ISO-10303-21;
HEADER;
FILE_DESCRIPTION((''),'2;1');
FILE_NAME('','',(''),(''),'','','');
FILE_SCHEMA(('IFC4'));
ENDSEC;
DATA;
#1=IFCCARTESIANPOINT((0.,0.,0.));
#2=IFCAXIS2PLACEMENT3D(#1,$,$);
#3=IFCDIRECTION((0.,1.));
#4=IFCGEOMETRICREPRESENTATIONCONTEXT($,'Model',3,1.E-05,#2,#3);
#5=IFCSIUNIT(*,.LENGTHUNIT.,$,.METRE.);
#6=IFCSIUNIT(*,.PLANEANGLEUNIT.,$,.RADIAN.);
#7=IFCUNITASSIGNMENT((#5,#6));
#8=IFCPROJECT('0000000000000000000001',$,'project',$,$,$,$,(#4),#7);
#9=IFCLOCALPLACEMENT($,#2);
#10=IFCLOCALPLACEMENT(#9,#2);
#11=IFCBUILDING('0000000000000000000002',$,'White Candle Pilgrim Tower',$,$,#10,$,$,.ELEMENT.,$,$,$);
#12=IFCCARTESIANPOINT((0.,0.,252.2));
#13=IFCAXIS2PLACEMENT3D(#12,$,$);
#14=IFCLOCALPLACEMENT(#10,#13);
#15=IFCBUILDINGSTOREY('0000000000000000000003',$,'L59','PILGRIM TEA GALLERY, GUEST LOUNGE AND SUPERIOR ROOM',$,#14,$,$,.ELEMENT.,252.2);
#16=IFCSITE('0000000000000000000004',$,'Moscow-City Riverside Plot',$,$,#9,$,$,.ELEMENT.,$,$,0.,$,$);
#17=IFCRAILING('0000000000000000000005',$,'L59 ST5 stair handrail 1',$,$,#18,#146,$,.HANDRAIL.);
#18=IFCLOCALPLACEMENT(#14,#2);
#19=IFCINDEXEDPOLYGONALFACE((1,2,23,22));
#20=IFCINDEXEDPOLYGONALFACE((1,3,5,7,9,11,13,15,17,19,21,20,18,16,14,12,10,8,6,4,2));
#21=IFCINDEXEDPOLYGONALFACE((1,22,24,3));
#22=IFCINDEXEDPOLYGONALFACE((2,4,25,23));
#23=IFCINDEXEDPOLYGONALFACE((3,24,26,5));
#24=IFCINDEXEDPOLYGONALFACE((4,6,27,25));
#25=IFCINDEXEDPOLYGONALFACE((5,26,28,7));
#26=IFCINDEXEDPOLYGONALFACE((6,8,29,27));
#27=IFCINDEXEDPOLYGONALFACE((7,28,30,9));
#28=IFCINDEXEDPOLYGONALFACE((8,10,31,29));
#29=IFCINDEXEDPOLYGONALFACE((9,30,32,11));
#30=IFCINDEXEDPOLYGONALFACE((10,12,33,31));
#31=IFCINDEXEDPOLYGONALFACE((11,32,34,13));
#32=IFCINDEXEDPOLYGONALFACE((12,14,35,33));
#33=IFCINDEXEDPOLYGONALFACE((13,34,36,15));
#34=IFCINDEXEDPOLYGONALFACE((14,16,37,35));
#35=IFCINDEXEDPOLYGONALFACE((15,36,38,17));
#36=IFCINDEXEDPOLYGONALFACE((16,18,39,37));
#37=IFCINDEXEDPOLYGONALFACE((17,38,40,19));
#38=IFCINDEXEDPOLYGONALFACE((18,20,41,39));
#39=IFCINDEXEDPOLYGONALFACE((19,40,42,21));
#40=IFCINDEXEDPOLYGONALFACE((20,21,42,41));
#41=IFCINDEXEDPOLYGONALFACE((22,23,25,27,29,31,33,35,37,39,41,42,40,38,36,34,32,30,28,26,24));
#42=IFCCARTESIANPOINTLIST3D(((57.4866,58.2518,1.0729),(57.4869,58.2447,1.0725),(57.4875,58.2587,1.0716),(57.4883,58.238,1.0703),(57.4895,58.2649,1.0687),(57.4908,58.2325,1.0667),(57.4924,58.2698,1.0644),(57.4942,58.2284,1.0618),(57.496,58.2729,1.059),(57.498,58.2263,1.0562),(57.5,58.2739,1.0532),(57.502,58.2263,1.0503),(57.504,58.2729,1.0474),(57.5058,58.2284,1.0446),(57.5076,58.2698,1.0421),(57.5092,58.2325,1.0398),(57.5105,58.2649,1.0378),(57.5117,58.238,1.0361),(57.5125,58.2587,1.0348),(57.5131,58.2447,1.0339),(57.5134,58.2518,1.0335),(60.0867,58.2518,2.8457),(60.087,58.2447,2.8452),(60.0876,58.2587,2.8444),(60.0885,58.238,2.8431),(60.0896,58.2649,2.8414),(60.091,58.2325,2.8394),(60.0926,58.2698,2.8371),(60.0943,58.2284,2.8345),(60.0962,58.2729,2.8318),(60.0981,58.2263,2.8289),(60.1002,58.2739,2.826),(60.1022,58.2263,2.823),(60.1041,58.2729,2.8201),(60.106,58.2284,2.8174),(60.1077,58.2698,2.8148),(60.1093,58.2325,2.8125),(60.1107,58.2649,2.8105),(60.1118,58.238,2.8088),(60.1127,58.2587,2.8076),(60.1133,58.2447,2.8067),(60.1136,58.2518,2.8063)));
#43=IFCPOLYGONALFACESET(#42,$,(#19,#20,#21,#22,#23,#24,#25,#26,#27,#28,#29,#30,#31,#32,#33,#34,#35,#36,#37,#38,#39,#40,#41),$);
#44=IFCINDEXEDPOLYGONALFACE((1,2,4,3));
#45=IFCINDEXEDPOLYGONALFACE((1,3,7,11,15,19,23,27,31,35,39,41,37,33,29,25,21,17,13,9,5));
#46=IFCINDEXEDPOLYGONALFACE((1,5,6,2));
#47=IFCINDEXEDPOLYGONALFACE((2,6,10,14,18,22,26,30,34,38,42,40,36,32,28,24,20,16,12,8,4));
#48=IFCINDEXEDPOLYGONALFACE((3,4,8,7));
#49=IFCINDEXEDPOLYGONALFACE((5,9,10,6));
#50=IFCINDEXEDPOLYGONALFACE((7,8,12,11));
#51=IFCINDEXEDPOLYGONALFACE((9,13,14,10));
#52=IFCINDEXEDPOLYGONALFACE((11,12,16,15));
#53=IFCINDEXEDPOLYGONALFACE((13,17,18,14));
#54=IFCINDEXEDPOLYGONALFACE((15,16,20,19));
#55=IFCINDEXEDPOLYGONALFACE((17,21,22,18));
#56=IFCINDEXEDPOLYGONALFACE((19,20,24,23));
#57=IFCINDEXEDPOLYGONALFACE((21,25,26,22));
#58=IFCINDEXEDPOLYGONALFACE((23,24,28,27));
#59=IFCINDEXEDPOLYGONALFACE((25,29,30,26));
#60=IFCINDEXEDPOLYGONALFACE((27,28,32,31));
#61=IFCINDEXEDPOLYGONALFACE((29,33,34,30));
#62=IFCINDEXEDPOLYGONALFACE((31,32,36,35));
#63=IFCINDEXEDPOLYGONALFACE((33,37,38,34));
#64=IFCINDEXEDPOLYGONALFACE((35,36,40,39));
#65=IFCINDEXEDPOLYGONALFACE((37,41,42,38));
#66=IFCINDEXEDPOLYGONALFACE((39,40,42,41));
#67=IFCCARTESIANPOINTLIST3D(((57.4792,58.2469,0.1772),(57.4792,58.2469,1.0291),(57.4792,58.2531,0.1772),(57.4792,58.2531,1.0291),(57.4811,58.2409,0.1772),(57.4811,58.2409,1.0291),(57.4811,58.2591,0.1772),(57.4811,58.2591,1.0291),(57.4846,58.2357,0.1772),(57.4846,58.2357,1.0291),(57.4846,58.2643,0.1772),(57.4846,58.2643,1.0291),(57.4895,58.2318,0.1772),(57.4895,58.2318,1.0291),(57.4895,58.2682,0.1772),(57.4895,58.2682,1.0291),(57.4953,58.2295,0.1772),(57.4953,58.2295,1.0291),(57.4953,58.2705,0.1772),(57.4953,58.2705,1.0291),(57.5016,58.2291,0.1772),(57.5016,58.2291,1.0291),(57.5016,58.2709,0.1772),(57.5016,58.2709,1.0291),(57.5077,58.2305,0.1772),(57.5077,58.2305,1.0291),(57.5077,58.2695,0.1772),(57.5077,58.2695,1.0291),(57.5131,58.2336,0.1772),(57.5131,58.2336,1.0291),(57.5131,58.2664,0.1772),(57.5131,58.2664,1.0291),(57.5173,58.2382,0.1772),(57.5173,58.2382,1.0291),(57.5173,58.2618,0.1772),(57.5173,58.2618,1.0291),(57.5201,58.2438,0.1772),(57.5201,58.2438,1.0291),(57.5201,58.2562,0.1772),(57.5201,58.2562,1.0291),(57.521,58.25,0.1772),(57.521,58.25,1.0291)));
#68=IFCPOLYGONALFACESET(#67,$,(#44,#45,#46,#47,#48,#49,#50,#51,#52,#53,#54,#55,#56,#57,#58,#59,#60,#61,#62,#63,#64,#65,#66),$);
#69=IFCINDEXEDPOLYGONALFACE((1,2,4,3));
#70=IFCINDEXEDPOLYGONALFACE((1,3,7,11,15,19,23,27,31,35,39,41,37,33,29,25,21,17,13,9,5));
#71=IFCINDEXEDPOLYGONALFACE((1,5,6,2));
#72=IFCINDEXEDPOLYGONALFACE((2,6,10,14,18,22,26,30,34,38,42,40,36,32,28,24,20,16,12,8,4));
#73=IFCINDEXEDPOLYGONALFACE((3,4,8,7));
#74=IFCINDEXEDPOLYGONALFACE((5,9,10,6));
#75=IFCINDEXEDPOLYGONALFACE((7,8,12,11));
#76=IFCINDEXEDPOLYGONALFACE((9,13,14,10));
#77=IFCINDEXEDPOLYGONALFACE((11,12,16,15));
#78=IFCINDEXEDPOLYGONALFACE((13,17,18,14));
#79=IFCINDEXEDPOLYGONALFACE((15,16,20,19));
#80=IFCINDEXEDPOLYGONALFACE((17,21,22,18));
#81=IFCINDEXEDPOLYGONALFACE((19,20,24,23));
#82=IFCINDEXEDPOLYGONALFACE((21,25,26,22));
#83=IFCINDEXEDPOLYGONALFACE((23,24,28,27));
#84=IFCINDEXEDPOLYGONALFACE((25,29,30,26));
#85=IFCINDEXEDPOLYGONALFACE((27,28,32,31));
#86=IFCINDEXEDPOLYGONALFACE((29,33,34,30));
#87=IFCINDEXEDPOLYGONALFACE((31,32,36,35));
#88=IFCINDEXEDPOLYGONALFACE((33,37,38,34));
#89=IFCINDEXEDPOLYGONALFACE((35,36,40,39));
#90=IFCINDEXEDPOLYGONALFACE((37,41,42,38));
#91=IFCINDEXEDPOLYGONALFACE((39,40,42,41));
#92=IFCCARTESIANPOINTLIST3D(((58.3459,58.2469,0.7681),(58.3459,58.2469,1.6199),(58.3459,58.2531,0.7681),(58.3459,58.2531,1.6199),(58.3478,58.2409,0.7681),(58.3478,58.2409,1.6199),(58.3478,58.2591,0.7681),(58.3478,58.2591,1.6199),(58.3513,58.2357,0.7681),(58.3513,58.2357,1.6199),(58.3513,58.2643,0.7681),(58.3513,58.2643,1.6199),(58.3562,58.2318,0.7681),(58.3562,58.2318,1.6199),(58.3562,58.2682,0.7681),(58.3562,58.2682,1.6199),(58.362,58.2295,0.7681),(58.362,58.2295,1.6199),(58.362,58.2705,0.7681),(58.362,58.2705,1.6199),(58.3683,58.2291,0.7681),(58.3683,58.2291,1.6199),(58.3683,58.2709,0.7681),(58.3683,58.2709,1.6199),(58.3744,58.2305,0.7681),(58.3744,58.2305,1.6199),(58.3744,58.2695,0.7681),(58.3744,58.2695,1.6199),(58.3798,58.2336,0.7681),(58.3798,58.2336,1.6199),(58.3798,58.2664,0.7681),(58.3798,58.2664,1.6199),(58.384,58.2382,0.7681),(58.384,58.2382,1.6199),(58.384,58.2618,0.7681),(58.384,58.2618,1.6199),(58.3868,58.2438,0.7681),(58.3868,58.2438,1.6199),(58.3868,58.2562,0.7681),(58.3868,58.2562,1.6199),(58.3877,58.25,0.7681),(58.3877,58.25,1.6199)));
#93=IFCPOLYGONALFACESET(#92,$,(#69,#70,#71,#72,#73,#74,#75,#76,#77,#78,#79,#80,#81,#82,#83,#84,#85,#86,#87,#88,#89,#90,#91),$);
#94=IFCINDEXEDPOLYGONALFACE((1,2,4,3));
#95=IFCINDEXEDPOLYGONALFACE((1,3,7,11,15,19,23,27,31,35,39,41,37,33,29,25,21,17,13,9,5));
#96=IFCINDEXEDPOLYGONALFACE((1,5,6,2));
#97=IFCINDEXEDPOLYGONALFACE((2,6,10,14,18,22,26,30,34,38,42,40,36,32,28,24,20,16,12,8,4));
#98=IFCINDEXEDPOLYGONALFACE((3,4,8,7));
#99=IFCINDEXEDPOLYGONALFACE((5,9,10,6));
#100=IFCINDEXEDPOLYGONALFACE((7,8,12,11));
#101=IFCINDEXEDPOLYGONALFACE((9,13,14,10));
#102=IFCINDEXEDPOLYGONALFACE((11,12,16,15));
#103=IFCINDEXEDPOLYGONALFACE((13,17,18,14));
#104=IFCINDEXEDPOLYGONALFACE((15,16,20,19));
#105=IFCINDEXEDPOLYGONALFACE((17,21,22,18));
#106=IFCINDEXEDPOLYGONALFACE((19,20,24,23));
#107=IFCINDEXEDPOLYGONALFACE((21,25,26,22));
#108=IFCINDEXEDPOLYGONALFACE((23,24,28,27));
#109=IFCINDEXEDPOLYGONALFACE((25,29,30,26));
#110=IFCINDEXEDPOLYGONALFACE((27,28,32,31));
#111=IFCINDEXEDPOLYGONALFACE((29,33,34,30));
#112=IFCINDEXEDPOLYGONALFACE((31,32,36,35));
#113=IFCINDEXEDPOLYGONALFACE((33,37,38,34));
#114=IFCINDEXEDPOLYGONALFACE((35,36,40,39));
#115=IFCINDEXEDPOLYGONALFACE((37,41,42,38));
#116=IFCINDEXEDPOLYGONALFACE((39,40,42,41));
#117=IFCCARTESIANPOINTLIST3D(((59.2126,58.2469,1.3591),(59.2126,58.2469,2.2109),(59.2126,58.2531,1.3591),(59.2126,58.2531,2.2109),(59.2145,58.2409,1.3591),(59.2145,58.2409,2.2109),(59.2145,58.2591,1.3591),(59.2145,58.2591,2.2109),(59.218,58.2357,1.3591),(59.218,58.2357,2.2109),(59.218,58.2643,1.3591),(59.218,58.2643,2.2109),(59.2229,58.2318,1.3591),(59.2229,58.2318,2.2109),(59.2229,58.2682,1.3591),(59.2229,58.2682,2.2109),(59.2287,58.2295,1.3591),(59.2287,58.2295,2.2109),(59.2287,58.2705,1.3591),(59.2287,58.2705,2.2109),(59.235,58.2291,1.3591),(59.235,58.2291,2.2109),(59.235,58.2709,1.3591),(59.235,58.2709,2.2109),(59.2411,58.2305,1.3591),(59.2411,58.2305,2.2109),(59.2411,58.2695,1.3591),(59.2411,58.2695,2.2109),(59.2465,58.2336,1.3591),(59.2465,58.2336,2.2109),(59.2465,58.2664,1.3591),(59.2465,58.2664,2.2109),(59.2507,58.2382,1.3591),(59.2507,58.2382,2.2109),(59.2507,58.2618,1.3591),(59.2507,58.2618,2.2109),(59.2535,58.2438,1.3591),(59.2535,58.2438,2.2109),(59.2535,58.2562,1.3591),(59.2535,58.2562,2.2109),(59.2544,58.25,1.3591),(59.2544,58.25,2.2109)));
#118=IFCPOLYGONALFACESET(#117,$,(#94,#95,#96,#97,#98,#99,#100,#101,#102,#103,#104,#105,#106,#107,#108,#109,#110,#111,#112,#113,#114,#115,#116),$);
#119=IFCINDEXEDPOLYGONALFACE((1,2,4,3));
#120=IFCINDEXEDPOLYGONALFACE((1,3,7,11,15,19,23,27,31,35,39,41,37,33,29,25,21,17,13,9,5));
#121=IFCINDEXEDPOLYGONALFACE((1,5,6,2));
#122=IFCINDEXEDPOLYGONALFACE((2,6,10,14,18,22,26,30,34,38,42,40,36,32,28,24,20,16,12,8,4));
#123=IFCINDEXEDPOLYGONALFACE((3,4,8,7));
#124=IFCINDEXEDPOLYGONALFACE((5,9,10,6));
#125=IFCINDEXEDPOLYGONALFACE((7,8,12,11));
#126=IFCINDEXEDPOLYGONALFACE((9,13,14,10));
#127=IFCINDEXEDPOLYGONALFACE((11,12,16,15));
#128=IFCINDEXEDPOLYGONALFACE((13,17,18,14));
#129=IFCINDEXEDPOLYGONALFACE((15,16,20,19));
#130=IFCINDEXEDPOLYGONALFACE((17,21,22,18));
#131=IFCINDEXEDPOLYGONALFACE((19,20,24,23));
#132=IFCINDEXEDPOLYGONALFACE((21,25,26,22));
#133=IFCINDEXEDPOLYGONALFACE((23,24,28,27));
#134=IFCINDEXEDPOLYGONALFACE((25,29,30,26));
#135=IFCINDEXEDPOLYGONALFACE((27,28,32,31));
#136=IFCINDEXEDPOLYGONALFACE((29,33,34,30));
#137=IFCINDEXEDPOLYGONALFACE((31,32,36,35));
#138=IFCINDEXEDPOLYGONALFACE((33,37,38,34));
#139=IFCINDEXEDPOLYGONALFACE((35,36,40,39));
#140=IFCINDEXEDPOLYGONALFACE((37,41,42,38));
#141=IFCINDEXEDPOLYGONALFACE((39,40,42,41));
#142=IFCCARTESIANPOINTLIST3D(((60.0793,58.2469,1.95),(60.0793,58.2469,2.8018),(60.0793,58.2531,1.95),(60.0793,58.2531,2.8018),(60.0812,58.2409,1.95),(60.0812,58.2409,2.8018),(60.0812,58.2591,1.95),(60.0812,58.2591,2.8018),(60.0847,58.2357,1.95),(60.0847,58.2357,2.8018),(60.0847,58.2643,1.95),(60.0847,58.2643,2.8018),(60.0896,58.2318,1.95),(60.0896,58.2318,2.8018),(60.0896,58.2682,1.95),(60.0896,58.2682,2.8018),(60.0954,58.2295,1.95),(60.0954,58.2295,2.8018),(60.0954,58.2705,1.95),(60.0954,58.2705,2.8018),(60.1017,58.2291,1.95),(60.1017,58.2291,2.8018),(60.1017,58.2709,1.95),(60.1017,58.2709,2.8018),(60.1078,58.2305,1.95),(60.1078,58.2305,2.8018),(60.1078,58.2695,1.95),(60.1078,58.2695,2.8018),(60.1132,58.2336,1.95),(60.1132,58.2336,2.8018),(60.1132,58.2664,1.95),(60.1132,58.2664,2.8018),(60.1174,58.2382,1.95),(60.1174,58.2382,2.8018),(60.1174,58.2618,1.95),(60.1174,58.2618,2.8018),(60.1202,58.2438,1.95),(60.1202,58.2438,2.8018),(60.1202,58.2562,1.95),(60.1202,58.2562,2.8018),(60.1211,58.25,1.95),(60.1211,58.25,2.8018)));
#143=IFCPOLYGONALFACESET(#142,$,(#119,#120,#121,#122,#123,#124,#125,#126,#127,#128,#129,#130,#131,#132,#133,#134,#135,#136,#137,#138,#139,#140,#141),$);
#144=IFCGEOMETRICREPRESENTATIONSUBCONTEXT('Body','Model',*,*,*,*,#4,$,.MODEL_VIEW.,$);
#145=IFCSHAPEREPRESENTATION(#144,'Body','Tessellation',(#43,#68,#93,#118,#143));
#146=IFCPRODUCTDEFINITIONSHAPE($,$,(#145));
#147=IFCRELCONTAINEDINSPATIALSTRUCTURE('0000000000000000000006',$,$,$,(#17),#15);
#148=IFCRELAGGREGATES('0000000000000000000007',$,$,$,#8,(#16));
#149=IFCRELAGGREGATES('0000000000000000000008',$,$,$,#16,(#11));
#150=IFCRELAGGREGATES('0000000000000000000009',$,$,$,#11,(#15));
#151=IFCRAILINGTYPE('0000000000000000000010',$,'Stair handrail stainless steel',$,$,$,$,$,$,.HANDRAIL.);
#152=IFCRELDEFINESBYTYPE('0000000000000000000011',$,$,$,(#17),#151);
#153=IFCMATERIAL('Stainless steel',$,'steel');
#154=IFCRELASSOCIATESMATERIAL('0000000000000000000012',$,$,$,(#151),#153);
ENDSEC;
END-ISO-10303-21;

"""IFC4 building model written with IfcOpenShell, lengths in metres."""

from ifc_helpers import new_model, si_unit, direction, frame, origin, origin_2d, place, context, subcontext, project, spatial, circle, extrude, material, type_object, element, save


model = new_model("IFC4")

# Units and contexts
model_context = context("Model", 3, precision=1e-05, world=origin(), true_north=direction((0.0, 1.0)))
body_context = subcontext(model_context, "Body", "Model", "MODEL_VIEW")
ifc_project = project(units=[si_unit("LENGTHUNIT", "METRE"), si_unit("PLANEANGLEUNIT", "RADIAN")], contexts=[model_context])

# Site, building, storey
site_placement = place(None, origin())
site = spatial("IfcSite", under=ifc_project, at=site_placement, Name="Moscow-City Riverside Plot", CompositionType="ELEMENT", RefElevation=0.0)
building_placement = place(site_placement, origin())
building = spatial("IfcBuilding", under=site, at=building_placement, Name="White Candle Pilgrim Tower", CompositionType="ELEMENT")
storey_placement = place(building_placement, frame((0.0, 0.0, 252.2)))
storey = spatial("IfcBuildingStorey", under=building, at=storey_placement, Name="L59", Description="PILGRIM TEA GALLERY, GUEST LOUNGE AND SUPERIOR ROOM", CompositionType="ELEMENT", Elevation=252.2)

# Railing
ifc_material_1 = material(Name="Stainless steel", Category="steel")
railing_type_1 = type_object("IfcRailingType", Name="Stair handrail stainless steel", PredefinedType="HANDRAIL", material=ifc_material_1)
railing_1_placement = place(storey_placement, frame((57.5, 58.25, 0.1772)))
element("IfcRailing", 1, at=railing_1_placement, inside=storey, type_object=railing_type_1, Name="L59 ST5 stair handrail 1", PredefinedType="HANDRAIL", context=body_context, shape_type="SweptSolid", body=[
    extrude(circle(Radius=0.0239, at=origin_2d()), frame((0.0, 0.0, 0.876), z_axis=(0.82624, 0.0, 0.563318), x_axis=(0.0, 1.0, 0.0)), (0.0, 0.0, 1.0), 3.147),
    extrude(circle(Radius=0.021, at=origin_2d()), origin(), (0.0, 0.0, 1.0), 0.8518),
    extrude(circle(Radius=0.021, at=origin_2d()), frame((0.8667, 0.0, 0.5908)), (0.0, 0.0, 1.0), 0.8518),
    extrude(circle(Radius=0.021, at=origin_2d()), frame((1.7334, 0.0, 1.1819)), (0.0, 0.0, 1.0), 0.8518),
    extrude(circle(Radius=0.021, at=origin_2d()), frame((2.6001, 0.0, 1.7727)), (0.0, 0.0, 1.0), 0.8518),
])

save(model, "model.ifc")
